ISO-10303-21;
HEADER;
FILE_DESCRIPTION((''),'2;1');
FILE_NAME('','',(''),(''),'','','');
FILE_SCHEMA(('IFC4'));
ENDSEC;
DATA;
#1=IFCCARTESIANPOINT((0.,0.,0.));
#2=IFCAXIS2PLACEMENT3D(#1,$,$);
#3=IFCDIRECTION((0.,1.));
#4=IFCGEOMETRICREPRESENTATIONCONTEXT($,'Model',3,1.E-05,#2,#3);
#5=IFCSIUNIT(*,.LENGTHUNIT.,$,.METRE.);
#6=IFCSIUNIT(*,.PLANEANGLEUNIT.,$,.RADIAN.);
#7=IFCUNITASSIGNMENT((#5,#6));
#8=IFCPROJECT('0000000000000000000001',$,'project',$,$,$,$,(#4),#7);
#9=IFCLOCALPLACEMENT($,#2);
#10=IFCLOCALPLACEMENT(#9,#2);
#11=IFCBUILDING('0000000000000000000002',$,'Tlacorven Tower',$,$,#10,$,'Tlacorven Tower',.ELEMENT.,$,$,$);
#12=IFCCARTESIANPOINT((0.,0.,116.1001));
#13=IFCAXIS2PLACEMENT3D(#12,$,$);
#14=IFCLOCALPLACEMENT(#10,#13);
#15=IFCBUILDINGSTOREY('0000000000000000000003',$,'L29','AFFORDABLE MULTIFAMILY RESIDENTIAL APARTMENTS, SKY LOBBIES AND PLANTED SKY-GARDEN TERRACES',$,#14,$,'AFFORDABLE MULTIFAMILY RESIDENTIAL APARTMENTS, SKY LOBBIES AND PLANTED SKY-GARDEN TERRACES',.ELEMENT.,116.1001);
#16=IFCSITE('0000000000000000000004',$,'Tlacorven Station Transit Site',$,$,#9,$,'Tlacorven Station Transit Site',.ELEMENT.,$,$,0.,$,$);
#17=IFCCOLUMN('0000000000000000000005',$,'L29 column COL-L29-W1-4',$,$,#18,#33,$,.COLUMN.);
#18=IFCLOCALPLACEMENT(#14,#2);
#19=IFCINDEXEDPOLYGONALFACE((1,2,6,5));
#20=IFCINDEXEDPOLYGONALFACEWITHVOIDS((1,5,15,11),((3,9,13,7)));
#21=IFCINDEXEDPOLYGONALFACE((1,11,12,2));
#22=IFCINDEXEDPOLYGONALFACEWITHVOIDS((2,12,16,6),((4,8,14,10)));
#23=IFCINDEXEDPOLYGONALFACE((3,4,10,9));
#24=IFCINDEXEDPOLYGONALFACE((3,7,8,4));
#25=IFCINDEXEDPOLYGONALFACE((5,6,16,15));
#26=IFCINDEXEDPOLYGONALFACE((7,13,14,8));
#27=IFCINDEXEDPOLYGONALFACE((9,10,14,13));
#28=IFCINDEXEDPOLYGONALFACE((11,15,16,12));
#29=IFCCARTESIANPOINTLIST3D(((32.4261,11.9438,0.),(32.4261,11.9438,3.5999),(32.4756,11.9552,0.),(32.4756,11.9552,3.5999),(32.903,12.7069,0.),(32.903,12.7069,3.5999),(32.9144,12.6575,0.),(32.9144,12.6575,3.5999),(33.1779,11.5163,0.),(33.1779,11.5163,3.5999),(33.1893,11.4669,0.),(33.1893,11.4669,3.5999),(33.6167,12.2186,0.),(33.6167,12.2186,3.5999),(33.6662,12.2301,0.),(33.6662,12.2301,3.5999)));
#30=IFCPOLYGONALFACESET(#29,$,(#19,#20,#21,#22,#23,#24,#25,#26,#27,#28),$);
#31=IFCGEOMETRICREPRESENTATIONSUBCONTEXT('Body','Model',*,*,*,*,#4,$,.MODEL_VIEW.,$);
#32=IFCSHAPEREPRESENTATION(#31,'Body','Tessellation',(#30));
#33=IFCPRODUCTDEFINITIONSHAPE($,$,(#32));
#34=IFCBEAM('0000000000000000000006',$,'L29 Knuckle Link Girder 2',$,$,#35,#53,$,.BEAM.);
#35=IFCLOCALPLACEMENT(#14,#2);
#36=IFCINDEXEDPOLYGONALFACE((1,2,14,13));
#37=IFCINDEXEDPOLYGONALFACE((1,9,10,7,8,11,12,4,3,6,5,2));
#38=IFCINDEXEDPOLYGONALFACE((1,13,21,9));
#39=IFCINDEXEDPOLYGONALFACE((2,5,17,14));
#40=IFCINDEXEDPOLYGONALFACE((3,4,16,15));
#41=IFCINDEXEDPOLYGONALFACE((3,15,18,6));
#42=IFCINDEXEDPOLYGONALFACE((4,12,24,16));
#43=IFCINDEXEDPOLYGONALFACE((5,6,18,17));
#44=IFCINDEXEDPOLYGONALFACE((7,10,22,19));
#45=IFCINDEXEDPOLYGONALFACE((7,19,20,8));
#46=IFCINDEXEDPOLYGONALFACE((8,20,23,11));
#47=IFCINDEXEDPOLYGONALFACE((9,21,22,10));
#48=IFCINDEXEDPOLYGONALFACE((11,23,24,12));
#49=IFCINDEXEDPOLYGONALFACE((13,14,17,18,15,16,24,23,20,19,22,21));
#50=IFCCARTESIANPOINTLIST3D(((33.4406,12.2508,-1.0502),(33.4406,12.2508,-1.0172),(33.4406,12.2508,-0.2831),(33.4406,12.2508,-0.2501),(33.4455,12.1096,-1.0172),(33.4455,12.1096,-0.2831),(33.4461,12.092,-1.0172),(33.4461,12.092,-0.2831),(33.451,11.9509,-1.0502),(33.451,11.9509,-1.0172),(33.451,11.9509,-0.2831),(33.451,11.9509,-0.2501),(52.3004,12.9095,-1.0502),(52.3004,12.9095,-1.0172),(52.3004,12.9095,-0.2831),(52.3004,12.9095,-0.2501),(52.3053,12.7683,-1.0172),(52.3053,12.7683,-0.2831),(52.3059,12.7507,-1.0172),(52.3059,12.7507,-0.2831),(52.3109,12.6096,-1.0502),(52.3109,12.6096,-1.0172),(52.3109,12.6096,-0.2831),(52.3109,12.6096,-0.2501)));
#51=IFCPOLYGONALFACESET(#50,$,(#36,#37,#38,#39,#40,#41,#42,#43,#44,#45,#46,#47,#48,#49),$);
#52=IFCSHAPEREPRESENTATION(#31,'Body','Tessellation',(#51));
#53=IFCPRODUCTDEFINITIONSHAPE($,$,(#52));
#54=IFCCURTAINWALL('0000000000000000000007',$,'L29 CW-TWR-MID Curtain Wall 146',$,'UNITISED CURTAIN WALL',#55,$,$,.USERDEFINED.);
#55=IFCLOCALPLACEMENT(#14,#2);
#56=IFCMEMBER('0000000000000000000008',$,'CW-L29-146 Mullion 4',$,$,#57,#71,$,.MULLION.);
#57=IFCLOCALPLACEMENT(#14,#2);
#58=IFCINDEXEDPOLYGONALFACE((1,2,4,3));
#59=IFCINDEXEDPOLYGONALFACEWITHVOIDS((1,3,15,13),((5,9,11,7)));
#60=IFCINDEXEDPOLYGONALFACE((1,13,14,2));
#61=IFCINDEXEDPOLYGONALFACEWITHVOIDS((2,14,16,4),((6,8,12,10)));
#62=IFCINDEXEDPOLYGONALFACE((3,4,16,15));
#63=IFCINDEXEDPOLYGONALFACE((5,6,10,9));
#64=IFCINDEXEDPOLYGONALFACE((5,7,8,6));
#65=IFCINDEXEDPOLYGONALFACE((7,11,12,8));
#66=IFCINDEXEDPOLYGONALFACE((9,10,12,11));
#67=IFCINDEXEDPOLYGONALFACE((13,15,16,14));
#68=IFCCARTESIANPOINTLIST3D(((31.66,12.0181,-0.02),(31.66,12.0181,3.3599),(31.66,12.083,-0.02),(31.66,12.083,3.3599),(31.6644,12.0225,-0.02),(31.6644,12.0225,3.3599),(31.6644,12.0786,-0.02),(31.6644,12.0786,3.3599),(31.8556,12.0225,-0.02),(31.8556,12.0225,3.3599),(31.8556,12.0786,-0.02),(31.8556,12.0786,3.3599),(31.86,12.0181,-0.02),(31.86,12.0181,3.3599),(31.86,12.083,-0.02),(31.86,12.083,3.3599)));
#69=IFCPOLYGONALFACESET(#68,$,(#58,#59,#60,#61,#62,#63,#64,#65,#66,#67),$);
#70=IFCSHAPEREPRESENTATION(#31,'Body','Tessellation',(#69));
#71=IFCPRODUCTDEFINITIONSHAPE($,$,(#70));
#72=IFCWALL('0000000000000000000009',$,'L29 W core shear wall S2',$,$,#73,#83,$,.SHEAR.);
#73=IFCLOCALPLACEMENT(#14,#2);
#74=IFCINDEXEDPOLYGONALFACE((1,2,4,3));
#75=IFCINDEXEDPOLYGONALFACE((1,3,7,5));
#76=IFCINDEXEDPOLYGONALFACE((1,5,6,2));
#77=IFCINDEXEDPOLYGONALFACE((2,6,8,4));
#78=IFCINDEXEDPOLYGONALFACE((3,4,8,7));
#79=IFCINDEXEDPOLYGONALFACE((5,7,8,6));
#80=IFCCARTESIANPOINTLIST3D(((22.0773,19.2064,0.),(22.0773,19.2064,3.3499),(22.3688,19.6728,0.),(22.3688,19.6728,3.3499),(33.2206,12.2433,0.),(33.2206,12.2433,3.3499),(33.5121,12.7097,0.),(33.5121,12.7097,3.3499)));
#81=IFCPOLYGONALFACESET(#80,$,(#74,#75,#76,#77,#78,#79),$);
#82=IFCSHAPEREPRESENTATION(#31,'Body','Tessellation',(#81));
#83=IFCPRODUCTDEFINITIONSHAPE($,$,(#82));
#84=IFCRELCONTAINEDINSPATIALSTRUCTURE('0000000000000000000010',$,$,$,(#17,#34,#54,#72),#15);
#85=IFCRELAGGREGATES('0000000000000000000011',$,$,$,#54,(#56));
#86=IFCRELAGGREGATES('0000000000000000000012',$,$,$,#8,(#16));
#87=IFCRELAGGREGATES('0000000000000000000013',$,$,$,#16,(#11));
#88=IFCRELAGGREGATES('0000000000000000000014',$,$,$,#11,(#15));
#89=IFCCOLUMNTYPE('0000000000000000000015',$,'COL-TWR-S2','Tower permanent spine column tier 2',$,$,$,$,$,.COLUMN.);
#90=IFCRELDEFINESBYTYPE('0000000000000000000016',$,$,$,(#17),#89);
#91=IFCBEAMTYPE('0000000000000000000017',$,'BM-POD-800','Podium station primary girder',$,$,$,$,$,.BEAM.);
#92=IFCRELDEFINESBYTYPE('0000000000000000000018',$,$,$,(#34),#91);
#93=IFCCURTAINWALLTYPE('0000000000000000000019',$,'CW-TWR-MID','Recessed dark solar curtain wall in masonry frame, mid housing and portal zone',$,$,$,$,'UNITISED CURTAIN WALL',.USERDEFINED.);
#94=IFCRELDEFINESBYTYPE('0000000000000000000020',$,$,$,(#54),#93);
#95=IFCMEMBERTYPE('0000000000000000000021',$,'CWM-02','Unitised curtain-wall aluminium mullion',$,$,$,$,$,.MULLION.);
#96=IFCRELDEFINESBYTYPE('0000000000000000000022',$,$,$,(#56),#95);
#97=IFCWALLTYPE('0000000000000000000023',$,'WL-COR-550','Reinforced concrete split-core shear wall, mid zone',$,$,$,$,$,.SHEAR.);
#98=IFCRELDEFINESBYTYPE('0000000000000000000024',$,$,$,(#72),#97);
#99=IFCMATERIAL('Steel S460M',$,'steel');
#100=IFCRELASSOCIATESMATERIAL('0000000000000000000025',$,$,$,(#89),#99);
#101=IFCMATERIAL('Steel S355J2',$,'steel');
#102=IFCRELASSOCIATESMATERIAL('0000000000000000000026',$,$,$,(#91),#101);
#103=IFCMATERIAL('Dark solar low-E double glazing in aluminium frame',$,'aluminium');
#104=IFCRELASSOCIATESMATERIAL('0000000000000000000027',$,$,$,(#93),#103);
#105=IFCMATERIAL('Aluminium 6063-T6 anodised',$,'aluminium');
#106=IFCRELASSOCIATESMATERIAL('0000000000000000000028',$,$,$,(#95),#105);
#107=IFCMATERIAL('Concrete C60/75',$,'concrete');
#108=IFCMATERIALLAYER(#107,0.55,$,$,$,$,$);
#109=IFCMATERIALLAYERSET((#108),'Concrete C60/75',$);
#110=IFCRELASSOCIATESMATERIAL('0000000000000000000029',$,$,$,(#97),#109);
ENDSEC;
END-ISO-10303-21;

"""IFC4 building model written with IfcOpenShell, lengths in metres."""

from ifc_helpers import new_model, si_unit, direction, frame, frame_2d, origin, origin_2d, place, context, subcontext, project, spatial, rectangle, hollow_rectangle, i_section, extrude, source, transform, mapped, material, layer, layer_set, material_profile, profile_set, type_object, element, aggregate, save


model = new_model("IFC4")

# Units and contexts
model_context = context("Model", 3, precision=1e-05, world=origin(), true_north=direction((0.0, 1.0)))
body_context = subcontext(model_context, "Body", "Model", "MODEL_VIEW")
ifc_project = project(units=[si_unit("LENGTHUNIT", "METRE"), si_unit("PLANEANGLEUNIT", "RADIAN")], contexts=[model_context])

# Site, building, storey
site_placement = place(None, origin())
site = spatial("IfcSite", under=ifc_project, at=site_placement, Name="Tlacorven Station Transit Site", LongName="Tlacorven Station Transit Site", CompositionType="ELEMENT", RefElevation=0.0)
building_placement = place(site_placement, origin())
building = spatial("IfcBuilding", under=site, at=building_placement, Name="Tlacorven Tower", LongName="Tlacorven Tower", CompositionType="ELEMENT")
storey_placement = place(building_placement, frame((0.0, 0.0, 116.1001)))
storey = spatial("IfcBuildingStorey", under=building, at=storey_placement, Name="L29", Description="AFFORDABLE MULTIFAMILY RESIDENTIAL APARTMENTS, SKY LOBBIES AND PLANTED SKY-GARDEN TERRACES", LongName="AFFORDABLE MULTIFAMILY RESIDENTIAL APARTMENTS, SKY LOBBIES AND PLANTED SKY-GARDEN TERRACES", CompositionType="ELEMENT", Elevation=116.1001)

# Column
ifc_material_1 = material(Name="Steel S460M", Category="steel")
ifc_material_profile_1 = material_profile(ifc_material_1, hollow_rectangle(XDim=0.8999, YDim=0.8999, WallThickness=0.0359, at=origin_2d()), Name="BOX 900X900X36")
ifc_profile_set_1 = profile_set([ifc_material_profile_1], Name="Steel S460M")
column_type = type_object("IfcColumnType", Name="COL-TWR-S2", Description="Tower permanent spine column tier 2", PredefinedType="COLUMN", material=ifc_profile_set_1)
shared_shape_1 = source(origin(), body_context, "Body", "SweptSolid", [
    extrude(hollow_rectangle(XDim=0.8999, YDim=0.8999, WallThickness=0.0359, at=origin_2d()), origin(), (0.0, 0.0, 1.0), 3.5999),
])
column_placement = place(storey_placement, frame((33.0461, 12.0869, 0.0), z_axis=(0.0, 0.0, 1.0), x_axis=(-0.848048, 0.529919, 0.0)))
element("IfcColumn", 1, at=column_placement, inside=storey, type_object=column_type, Name="L29 column COL-L29-W1-4", PredefinedType="COLUMN", context=body_context, shape_type="MappedRepresentation", body=[
    mapped(shared_shape_1, transform((0.0, 0.0, 0.0), scale=1.0)),
])

# Beam
ifc_material_2 = material(Name="Steel S355J2", Category="steel")
ifc_material_profile_2 = material_profile(ifc_material_2, i_section(OverallWidth=0.3, OverallDepth=0.8, WebThickness=0.0176, FlangeThickness=0.033, at=origin_2d()), Name="HEB 800")
ifc_profile_set_2 = profile_set([ifc_material_profile_2], Name="Steel S355J2")
beam_type = type_object("IfcBeamType", Name="BM-POD-800", Description="Podium station primary girder", PredefinedType="BEAM", material=ifc_profile_set_2)
shared_shape_2 = source(origin(), body_context, "Body", "SweptSolid", [
    extrude(i_section(OverallWidth=0.3, OverallDepth=0.8, WebThickness=0.0176, FlangeThickness=0.033, at=origin_2d()), origin(), (0.0, 0.0, 1.0), 18.8713),
])
beam_placement = place(storey_placement, frame((33.4458, 12.1008, -0.6501), z_axis=(0.999391, 0.034904, 0.0), x_axis=(-0.034904, 0.999391, 0.0)))
element("IfcBeam", 2, at=beam_placement, inside=storey, type_object=beam_type, Name="L29 Knuckle Link Girder 2", PredefinedType="BEAM", context=body_context, shape_type="MappedRepresentation", body=[
    mapped(shared_shape_2, transform((0.0, 0.0, 0.0), scale=1.0)),
])

# Curtain wall, member
ifc_material_3 = material(Name="Dark solar low-E double glazing in aluminium frame", Category="aluminium")
curtain_wall_type = type_object("IfcCurtainWallType", Name="CW-TWR-MID", Description="Recessed dark solar curtain wall in masonry frame, mid housing and portal zone", ElementType="UNITISED CURTAIN WALL", PredefinedType="USERDEFINED", material=ifc_material_3)
curtain_wall_placement = place(storey_placement, origin())
curtain_wall = element("IfcCurtainWall", 3, at=curtain_wall_placement, inside=storey, type_object=curtain_wall_type, Name="L29 CW-TWR-MID Curtain Wall 146", ObjectType="UNITISED CURTAIN WALL", PredefinedType="USERDEFINED")
ifc_material_4 = material(Name="Aluminium 6063-T6 anodised", Category="aluminium")
ifc_material_profile_3 = material_profile(ifc_material_4, hollow_rectangle(XDim=0.0649, YDim=0.2, WallThickness=0.0044, at=origin_2d()), Name="ALU MULLION 65X200")
ifc_profile_set_3 = profile_set([ifc_material_profile_3], Name="Aluminium 6063-T6 anodised")
member_type = type_object("IfcMemberType", Name="CWM-02", Description="Unitised curtain-wall aluminium mullion", PredefinedType="MULLION", material=ifc_profile_set_3)
shared_shape_3 = source(origin(), body_context, "Body", "SweptSolid", [
    extrude(hollow_rectangle(XDim=0.0649, YDim=0.2, WallThickness=0.0044, at=origin_2d()), origin(), (0.0, 0.0, 1.0), 3.3799),
])
member_placement = place(storey_placement, frame((31.76, 12.0505, -0.02), z_axis=(0.0, 0.0, 1.0), x_axis=(0.0, 1.0, 0.0)))
member = element("IfcMember", 4, at=member_placement, type_object=member_type, Name="CW-L29-146 Mullion 4", PredefinedType="MULLION", context=body_context, shape_type="MappedRepresentation", body=[
    mapped(shared_shape_3, transform((0.0, 0.0, 0.0), scale=1.0)),
])
aggregate(curtain_wall, [member])

# Wall
ifc_material_5 = material(Name="Concrete C60/75", Category="concrete")
ifc_layer_1 = layer(ifc_material_5, 0.55)
ifc_layer_set_1 = layer_set([ifc_layer_1], Name="Concrete C60/75")
wall_type_1 = type_object("IfcWallType", Name="WL-COR-550", Description="Reinforced concrete split-core shear wall, mid zone", PredefinedType="SHEAR", material=ifc_layer_set_1)
wall_1_placement = place(storey_placement, frame((33.3662, 12.4766, 0.0), z_axis=(0.0, 0.0, 1.0), x_axis=(-0.848047, 0.52992, 0.0)))
element("IfcWall", 5, at=wall_1_placement, inside=storey, type_object=wall_type_1, Name="L29 W core shear wall S2", PredefinedType="SHEAR", context=body_context, shape_type="SweptSolid", body=[
    extrude(rectangle(XDim=13.1399, YDim=0.55, at=frame_2d((6.5698, 0.0))), origin(), (0.0, 0.0, 1.0), 3.3499),
])

save(model, "model.ifc")
